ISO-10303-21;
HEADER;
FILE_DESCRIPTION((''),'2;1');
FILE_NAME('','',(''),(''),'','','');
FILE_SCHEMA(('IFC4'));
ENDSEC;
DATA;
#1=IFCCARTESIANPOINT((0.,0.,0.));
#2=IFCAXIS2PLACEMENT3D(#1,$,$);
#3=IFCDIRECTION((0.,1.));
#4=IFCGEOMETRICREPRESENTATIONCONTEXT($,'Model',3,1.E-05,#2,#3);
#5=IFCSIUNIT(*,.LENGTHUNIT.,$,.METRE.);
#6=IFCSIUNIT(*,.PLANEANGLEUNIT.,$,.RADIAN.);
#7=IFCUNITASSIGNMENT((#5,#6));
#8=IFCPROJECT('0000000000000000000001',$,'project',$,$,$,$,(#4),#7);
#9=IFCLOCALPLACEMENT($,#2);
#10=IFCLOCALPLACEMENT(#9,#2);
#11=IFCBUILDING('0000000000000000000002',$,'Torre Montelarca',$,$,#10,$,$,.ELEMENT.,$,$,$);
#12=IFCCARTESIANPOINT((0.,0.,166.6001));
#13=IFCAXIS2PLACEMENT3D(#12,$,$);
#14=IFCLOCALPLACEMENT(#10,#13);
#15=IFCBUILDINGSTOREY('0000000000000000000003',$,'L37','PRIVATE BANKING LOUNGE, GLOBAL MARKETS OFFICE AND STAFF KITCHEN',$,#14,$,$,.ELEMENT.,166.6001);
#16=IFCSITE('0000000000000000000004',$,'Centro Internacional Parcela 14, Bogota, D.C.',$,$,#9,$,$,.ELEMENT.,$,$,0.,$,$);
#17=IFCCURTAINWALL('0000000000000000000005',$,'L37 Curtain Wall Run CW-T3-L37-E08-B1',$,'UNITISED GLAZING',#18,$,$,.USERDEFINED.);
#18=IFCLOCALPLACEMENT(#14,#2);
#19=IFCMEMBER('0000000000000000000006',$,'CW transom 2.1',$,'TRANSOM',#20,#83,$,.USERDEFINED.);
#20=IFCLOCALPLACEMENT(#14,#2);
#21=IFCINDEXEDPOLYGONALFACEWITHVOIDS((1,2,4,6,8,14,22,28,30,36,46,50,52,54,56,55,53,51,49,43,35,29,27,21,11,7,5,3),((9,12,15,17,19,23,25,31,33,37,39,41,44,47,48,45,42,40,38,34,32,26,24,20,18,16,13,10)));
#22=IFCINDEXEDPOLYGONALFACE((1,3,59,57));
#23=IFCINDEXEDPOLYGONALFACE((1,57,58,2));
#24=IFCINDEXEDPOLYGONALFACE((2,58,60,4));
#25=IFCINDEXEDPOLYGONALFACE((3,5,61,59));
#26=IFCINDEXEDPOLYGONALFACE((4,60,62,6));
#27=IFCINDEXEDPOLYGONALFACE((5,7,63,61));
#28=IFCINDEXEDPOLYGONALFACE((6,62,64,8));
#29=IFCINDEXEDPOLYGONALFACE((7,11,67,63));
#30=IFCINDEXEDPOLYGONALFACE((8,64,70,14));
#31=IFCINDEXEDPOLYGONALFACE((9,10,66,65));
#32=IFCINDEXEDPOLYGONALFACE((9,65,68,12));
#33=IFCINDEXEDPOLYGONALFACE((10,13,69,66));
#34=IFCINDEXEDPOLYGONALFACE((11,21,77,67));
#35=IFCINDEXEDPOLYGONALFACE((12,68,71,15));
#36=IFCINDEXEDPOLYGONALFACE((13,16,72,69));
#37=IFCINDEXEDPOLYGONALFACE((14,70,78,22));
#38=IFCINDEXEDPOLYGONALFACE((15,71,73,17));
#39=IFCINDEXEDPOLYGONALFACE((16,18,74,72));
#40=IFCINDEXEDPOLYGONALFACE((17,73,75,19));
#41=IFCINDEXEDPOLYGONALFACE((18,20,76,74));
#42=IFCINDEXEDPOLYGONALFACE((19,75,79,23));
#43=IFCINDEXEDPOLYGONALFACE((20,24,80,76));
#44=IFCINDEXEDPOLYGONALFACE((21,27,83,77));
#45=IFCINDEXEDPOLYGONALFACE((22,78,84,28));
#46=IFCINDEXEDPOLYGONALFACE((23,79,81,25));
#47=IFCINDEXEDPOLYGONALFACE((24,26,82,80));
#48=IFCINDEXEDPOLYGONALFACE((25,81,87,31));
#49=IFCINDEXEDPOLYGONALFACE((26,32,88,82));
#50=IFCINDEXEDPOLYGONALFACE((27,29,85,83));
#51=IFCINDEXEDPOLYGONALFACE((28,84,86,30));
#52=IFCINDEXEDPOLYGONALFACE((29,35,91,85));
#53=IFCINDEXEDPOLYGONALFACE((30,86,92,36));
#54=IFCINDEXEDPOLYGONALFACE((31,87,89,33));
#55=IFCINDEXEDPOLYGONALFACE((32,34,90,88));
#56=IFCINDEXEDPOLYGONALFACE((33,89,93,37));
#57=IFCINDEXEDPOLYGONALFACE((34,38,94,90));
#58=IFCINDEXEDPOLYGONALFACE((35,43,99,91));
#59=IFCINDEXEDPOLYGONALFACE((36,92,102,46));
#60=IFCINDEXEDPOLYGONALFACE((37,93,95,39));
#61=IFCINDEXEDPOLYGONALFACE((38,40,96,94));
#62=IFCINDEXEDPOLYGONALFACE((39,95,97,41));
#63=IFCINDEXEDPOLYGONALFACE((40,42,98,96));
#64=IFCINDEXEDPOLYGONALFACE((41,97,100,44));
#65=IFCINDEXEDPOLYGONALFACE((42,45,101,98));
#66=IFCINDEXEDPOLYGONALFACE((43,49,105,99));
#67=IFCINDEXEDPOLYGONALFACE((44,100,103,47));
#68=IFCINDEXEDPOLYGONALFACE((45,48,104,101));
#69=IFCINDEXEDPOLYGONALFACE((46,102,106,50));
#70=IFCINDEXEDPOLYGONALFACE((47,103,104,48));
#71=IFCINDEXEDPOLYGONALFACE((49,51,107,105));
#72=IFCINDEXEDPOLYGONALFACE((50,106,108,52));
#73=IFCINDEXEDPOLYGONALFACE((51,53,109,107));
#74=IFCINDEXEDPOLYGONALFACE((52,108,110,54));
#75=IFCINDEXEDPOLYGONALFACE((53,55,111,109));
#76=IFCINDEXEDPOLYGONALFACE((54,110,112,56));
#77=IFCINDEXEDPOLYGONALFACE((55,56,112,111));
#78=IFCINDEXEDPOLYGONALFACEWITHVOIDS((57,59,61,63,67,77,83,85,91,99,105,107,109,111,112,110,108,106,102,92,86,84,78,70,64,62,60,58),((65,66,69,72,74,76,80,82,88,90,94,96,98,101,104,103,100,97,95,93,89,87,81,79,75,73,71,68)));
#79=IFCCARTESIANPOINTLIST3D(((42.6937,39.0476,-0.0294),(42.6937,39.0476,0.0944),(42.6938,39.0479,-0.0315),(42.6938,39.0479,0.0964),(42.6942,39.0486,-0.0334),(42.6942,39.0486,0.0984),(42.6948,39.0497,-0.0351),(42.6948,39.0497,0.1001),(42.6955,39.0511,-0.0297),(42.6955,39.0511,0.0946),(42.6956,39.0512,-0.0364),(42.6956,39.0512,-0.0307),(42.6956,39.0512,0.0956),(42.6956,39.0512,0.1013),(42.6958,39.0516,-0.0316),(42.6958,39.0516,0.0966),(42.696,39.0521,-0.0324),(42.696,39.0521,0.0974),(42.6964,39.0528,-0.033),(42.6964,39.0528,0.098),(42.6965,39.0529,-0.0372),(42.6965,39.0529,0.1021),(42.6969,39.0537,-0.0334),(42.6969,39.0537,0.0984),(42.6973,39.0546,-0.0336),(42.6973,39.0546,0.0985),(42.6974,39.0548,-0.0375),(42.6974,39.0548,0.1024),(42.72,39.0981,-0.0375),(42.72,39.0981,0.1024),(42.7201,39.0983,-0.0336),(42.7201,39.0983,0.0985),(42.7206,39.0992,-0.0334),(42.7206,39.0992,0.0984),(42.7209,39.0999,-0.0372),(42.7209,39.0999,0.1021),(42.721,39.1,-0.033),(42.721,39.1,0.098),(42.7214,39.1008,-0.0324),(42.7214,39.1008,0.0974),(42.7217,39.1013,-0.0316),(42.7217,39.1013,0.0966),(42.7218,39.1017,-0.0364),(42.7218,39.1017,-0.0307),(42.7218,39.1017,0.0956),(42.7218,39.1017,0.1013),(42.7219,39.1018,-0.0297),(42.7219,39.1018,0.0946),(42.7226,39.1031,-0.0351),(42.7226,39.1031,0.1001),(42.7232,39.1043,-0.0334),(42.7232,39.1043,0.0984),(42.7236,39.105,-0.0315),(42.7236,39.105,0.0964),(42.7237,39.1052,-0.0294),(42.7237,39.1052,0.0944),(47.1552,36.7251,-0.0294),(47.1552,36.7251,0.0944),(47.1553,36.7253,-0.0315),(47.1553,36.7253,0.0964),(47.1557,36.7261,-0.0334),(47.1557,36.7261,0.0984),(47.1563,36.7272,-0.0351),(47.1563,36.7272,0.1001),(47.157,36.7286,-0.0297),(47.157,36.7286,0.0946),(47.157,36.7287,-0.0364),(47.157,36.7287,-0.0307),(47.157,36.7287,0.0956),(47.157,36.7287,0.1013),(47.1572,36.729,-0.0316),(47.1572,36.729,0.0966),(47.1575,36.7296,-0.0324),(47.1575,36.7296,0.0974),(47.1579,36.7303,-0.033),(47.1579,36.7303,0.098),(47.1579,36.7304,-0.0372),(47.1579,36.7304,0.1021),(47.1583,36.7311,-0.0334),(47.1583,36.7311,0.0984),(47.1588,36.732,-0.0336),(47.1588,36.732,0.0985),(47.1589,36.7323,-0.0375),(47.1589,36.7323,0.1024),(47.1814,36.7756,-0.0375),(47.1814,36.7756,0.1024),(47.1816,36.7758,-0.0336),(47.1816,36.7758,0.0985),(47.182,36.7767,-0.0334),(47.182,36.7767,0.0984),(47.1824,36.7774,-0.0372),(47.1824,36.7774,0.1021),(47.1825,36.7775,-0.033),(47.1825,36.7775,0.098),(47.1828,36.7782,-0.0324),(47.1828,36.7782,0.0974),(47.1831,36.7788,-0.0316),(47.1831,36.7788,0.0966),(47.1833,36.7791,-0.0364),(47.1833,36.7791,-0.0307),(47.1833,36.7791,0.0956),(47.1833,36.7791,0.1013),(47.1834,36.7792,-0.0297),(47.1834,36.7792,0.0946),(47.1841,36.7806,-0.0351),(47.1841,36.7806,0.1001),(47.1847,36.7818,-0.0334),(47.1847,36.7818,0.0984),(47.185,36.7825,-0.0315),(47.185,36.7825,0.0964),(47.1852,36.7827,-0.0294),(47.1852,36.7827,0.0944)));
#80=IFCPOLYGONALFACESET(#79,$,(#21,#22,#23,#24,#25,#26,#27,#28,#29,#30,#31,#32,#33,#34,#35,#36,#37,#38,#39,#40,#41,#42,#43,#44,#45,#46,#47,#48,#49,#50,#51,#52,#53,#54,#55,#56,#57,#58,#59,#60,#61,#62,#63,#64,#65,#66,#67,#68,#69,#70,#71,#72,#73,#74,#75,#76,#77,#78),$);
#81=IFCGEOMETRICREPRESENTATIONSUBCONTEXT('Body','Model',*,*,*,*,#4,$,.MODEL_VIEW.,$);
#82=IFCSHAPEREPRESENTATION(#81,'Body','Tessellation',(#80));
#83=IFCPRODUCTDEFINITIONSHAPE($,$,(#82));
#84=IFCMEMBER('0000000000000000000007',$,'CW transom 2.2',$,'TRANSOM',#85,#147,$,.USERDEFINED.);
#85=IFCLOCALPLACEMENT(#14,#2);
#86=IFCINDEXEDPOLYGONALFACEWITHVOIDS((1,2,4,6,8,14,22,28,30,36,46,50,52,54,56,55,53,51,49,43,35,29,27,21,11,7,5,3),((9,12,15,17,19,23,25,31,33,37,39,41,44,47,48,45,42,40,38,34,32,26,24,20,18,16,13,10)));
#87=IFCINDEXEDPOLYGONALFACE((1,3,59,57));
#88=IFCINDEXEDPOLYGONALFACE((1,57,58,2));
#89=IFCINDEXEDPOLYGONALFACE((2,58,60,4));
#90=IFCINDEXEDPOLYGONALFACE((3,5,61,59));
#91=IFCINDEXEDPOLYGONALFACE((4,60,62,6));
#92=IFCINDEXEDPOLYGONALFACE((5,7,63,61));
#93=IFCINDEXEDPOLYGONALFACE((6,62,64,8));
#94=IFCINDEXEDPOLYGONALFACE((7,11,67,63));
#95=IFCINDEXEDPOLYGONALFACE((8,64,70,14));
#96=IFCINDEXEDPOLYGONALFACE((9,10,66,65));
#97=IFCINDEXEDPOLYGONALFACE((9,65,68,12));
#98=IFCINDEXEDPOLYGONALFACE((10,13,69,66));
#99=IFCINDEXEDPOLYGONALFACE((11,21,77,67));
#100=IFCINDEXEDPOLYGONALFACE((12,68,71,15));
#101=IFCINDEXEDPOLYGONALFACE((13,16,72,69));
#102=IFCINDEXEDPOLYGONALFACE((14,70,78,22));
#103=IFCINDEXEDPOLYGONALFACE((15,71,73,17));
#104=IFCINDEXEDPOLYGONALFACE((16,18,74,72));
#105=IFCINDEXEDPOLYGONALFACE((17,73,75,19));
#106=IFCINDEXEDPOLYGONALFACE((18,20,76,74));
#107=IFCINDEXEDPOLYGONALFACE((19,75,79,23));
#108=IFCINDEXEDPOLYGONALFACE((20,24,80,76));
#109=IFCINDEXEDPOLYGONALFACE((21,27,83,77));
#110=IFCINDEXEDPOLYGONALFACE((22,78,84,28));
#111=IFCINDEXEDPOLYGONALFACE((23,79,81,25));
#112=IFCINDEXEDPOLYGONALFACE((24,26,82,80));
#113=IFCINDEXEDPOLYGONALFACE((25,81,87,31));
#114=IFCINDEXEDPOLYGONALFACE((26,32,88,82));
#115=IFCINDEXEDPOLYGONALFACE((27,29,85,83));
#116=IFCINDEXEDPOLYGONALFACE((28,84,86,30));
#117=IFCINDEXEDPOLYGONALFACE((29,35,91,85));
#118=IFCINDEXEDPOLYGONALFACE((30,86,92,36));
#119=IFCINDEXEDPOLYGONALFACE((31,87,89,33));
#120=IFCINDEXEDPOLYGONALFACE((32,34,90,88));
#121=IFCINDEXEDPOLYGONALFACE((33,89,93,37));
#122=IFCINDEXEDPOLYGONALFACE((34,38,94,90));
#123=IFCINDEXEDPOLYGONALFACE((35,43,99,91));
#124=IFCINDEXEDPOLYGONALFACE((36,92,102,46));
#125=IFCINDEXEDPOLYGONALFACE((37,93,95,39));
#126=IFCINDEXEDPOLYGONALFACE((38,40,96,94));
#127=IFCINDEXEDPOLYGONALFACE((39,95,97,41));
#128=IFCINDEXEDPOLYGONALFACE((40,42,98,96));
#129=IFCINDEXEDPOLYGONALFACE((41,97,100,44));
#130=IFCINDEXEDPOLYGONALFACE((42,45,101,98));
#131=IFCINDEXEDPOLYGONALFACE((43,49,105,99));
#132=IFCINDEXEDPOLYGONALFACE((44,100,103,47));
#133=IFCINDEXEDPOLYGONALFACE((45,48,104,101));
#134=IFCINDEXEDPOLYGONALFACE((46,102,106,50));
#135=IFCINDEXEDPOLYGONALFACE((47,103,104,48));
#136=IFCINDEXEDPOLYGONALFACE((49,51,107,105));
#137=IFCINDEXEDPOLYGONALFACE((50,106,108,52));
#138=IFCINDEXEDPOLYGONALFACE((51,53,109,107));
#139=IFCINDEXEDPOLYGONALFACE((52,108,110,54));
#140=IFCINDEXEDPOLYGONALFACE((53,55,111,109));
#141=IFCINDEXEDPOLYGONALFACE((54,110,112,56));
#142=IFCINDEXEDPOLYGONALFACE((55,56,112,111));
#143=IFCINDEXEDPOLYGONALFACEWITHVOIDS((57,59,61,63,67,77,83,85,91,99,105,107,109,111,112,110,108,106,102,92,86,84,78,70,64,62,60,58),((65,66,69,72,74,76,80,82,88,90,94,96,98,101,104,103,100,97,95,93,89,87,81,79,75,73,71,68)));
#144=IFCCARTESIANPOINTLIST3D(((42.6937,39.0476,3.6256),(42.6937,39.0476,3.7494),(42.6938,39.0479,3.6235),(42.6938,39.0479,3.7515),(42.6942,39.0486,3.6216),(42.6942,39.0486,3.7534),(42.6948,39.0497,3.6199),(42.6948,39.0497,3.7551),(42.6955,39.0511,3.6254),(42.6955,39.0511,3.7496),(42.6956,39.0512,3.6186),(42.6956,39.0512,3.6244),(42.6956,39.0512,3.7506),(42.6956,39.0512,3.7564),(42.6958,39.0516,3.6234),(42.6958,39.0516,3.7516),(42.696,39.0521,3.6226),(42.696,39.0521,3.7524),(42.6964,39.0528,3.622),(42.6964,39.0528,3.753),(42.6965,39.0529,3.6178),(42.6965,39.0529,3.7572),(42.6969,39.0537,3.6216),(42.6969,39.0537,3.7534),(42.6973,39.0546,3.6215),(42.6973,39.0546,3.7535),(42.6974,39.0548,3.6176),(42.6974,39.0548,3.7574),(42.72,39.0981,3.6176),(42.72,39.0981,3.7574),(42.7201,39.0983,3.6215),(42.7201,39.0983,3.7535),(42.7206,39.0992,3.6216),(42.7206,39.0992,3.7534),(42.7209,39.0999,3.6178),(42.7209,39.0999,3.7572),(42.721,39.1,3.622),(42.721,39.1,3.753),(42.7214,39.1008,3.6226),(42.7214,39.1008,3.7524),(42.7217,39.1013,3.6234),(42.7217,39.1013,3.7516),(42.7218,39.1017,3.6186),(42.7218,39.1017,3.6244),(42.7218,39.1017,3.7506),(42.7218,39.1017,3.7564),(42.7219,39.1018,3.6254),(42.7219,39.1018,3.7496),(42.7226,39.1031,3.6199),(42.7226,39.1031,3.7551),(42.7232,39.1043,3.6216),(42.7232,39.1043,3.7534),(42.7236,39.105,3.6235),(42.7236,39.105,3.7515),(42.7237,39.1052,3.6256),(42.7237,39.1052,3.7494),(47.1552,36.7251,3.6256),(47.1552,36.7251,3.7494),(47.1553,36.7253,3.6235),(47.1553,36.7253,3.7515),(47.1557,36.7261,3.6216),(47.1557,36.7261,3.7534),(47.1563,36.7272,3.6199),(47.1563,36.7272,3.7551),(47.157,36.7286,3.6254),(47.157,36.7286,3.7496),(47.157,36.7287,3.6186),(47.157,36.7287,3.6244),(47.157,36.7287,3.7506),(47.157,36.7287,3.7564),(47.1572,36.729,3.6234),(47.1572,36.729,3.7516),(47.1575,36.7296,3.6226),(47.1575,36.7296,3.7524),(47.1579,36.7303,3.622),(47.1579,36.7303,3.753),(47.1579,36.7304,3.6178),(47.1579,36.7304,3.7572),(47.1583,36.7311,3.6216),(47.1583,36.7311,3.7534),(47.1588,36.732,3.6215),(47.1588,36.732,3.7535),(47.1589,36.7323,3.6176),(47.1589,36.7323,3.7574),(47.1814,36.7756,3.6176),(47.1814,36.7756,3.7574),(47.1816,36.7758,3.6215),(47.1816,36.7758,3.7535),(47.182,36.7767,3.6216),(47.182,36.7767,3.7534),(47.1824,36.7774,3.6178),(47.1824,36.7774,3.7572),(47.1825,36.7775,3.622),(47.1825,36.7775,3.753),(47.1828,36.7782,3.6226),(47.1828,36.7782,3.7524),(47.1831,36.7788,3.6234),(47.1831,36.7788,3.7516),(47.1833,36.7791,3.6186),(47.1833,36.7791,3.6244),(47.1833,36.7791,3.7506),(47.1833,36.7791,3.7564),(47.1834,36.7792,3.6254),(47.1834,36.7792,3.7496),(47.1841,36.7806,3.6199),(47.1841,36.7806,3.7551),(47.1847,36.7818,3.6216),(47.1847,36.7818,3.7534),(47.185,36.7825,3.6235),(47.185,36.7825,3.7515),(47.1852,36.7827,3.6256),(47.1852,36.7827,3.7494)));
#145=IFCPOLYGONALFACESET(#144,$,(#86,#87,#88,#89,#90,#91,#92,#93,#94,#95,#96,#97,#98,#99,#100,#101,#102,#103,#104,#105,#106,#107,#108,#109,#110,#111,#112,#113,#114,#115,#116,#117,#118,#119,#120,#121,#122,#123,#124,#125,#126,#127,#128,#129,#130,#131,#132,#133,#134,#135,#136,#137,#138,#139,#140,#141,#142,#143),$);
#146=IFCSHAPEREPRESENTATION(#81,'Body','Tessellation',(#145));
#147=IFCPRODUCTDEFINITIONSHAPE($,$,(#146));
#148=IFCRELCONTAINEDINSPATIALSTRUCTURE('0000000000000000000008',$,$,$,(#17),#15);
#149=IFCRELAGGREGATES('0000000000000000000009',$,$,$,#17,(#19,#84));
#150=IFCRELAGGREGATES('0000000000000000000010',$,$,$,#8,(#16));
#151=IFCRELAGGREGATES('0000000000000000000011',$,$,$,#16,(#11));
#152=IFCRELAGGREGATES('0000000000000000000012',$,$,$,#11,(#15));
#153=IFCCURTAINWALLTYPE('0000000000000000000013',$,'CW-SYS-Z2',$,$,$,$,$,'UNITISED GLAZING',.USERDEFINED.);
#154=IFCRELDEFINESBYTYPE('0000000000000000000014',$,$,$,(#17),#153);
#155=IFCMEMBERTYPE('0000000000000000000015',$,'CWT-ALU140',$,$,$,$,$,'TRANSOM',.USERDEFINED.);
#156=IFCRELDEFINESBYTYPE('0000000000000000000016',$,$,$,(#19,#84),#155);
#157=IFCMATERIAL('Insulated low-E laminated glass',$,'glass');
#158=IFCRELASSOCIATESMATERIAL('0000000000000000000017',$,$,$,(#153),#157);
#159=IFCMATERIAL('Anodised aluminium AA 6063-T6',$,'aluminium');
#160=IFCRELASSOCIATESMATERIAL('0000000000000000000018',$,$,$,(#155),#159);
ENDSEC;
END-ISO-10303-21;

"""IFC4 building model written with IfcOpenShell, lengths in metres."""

from ifc_helpers import new_model, si_unit, direction, frame, origin, origin_2d, place, context, subcontext, project, spatial, hollow_rectangle, extrude, source, transform, mapped, material, material_profile, profile_set, type_object, element, aggregate, save


model = new_model("IFC4")

# Units and contexts
model_context = context("Model", 3, precision=1e-05, world=origin(), true_north=direction((0.0, 1.0)))
body_context = subcontext(model_context, "Body", "Model", "MODEL_VIEW")
ifc_project = project(units=[si_unit("LENGTHUNIT", "METRE"), si_unit("PLANEANGLEUNIT", "RADIAN")], contexts=[model_context])

# Site, building, storey
site_placement = place(None, origin())
site = spatial("IfcSite", under=ifc_project, at=site_placement, Name="Centro Internacional Parcela 14, Bogota, D.C.", CompositionType="ELEMENT", RefElevation=0.0)
building_placement = place(site_placement, origin())
building = spatial("IfcBuilding", under=site, at=building_placement, Name="Torre Montelarca", CompositionType="ELEMENT")
storey_placement = place(building_placement, frame((0.0, 0.0, 166.6001)))
storey = spatial("IfcBuildingStorey", under=building, at=storey_placement, Name="L37", Description="PRIVATE BANKING LOUNGE, GLOBAL MARKETS OFFICE AND STAFF KITCHEN", CompositionType="ELEMENT", Elevation=166.6001)

# Shared definitions
ifc_material_1 = material(Name="Insulated low-E laminated glass", Category="glass")
curtain_wall_type = type_object("IfcCurtainWallType", Name="CW-SYS-Z2", ElementType="UNITISED GLAZING", PredefinedType="USERDEFINED", material=ifc_material_1)
ifc_material_2 = material(Name="Anodised aluminium AA 6063-T6", Category="aluminium")
ifc_material_profile_1 = material_profile(ifc_material_2, hollow_rectangle(XDim=0.0649, YDim=0.1399, WallThickness=0.0039, InnerFilletRadius=0.0039, OuterFilletRadius=0.0081, at=origin_2d()), Name="ALU65X140X4", Category="aluminium")
ifc_profile_set_1 = profile_set([ifc_material_profile_1], Name="Anodised aluminium AA 6063-T6")
member_type_1 = type_object("IfcMemberType", Name="CWT-ALU140", ElementType="TRANSOM", PredefinedType="USERDEFINED", material=ifc_profile_set_1)

# Curtain wall
curtain_wall_1_placement = place(storey_placement, origin())
curtain_wall_1 = element("IfcCurtainWall", 1, at=curtain_wall_1_placement, inside=storey, type_object=curtain_wall_type, Name="L37 Curtain Wall Run CW-T3-L37-E08-B1", ObjectType="UNITISED GLAZING", PredefinedType="USERDEFINED")

# Members
shared_shape_1 = source(origin(), body_context, "Body", "SweptSolid", [
    extrude(hollow_rectangle(XDim=0.0649, YDim=0.1399, WallThickness=0.0039, InnerFilletRadius=0.0039, OuterFilletRadius=0.0081, at=origin_2d()), origin(), (0.0, 0.0, 1.0), 5.0298),
])
member_1_placement = place(storey_placement, frame((47.1702, 36.7539, 0.0325), z_axis=(-0.887008, 0.461755, 0.0), x_axis=(-0.461755, -0.887008, 0.0)))
member_1 = element("IfcMember", 2, at=member_1_placement, type_object=member_type_1, Name="CW transom 2.1", ObjectType="TRANSOM", PredefinedType="USERDEFINED", context=body_context, shape_type="MappedRepresentation", body=[
    mapped(shared_shape_1, transform((0.0, 0.0, 0.0), scale=1.0)),
])
member_2_placement = place(storey_placement, frame((47.1702, 36.7539, 3.6875), z_axis=(-0.887008, 0.461755, 0.0), x_axis=(-0.461755, -0.887008, 0.0)))
member_2 = element("IfcMember", 3, at=member_2_placement, type_object=member_type_1, Name="CW transom 2.2", ObjectType="TRANSOM", PredefinedType="USERDEFINED", context=body_context, shape_type="MappedRepresentation", body=[
    mapped(shared_shape_1, transform((0.0, 0.0, 0.0), scale=1.0)),
])

aggregate(curtain_wall_1, [member_1, member_2])

save(model, "model.ifc")
